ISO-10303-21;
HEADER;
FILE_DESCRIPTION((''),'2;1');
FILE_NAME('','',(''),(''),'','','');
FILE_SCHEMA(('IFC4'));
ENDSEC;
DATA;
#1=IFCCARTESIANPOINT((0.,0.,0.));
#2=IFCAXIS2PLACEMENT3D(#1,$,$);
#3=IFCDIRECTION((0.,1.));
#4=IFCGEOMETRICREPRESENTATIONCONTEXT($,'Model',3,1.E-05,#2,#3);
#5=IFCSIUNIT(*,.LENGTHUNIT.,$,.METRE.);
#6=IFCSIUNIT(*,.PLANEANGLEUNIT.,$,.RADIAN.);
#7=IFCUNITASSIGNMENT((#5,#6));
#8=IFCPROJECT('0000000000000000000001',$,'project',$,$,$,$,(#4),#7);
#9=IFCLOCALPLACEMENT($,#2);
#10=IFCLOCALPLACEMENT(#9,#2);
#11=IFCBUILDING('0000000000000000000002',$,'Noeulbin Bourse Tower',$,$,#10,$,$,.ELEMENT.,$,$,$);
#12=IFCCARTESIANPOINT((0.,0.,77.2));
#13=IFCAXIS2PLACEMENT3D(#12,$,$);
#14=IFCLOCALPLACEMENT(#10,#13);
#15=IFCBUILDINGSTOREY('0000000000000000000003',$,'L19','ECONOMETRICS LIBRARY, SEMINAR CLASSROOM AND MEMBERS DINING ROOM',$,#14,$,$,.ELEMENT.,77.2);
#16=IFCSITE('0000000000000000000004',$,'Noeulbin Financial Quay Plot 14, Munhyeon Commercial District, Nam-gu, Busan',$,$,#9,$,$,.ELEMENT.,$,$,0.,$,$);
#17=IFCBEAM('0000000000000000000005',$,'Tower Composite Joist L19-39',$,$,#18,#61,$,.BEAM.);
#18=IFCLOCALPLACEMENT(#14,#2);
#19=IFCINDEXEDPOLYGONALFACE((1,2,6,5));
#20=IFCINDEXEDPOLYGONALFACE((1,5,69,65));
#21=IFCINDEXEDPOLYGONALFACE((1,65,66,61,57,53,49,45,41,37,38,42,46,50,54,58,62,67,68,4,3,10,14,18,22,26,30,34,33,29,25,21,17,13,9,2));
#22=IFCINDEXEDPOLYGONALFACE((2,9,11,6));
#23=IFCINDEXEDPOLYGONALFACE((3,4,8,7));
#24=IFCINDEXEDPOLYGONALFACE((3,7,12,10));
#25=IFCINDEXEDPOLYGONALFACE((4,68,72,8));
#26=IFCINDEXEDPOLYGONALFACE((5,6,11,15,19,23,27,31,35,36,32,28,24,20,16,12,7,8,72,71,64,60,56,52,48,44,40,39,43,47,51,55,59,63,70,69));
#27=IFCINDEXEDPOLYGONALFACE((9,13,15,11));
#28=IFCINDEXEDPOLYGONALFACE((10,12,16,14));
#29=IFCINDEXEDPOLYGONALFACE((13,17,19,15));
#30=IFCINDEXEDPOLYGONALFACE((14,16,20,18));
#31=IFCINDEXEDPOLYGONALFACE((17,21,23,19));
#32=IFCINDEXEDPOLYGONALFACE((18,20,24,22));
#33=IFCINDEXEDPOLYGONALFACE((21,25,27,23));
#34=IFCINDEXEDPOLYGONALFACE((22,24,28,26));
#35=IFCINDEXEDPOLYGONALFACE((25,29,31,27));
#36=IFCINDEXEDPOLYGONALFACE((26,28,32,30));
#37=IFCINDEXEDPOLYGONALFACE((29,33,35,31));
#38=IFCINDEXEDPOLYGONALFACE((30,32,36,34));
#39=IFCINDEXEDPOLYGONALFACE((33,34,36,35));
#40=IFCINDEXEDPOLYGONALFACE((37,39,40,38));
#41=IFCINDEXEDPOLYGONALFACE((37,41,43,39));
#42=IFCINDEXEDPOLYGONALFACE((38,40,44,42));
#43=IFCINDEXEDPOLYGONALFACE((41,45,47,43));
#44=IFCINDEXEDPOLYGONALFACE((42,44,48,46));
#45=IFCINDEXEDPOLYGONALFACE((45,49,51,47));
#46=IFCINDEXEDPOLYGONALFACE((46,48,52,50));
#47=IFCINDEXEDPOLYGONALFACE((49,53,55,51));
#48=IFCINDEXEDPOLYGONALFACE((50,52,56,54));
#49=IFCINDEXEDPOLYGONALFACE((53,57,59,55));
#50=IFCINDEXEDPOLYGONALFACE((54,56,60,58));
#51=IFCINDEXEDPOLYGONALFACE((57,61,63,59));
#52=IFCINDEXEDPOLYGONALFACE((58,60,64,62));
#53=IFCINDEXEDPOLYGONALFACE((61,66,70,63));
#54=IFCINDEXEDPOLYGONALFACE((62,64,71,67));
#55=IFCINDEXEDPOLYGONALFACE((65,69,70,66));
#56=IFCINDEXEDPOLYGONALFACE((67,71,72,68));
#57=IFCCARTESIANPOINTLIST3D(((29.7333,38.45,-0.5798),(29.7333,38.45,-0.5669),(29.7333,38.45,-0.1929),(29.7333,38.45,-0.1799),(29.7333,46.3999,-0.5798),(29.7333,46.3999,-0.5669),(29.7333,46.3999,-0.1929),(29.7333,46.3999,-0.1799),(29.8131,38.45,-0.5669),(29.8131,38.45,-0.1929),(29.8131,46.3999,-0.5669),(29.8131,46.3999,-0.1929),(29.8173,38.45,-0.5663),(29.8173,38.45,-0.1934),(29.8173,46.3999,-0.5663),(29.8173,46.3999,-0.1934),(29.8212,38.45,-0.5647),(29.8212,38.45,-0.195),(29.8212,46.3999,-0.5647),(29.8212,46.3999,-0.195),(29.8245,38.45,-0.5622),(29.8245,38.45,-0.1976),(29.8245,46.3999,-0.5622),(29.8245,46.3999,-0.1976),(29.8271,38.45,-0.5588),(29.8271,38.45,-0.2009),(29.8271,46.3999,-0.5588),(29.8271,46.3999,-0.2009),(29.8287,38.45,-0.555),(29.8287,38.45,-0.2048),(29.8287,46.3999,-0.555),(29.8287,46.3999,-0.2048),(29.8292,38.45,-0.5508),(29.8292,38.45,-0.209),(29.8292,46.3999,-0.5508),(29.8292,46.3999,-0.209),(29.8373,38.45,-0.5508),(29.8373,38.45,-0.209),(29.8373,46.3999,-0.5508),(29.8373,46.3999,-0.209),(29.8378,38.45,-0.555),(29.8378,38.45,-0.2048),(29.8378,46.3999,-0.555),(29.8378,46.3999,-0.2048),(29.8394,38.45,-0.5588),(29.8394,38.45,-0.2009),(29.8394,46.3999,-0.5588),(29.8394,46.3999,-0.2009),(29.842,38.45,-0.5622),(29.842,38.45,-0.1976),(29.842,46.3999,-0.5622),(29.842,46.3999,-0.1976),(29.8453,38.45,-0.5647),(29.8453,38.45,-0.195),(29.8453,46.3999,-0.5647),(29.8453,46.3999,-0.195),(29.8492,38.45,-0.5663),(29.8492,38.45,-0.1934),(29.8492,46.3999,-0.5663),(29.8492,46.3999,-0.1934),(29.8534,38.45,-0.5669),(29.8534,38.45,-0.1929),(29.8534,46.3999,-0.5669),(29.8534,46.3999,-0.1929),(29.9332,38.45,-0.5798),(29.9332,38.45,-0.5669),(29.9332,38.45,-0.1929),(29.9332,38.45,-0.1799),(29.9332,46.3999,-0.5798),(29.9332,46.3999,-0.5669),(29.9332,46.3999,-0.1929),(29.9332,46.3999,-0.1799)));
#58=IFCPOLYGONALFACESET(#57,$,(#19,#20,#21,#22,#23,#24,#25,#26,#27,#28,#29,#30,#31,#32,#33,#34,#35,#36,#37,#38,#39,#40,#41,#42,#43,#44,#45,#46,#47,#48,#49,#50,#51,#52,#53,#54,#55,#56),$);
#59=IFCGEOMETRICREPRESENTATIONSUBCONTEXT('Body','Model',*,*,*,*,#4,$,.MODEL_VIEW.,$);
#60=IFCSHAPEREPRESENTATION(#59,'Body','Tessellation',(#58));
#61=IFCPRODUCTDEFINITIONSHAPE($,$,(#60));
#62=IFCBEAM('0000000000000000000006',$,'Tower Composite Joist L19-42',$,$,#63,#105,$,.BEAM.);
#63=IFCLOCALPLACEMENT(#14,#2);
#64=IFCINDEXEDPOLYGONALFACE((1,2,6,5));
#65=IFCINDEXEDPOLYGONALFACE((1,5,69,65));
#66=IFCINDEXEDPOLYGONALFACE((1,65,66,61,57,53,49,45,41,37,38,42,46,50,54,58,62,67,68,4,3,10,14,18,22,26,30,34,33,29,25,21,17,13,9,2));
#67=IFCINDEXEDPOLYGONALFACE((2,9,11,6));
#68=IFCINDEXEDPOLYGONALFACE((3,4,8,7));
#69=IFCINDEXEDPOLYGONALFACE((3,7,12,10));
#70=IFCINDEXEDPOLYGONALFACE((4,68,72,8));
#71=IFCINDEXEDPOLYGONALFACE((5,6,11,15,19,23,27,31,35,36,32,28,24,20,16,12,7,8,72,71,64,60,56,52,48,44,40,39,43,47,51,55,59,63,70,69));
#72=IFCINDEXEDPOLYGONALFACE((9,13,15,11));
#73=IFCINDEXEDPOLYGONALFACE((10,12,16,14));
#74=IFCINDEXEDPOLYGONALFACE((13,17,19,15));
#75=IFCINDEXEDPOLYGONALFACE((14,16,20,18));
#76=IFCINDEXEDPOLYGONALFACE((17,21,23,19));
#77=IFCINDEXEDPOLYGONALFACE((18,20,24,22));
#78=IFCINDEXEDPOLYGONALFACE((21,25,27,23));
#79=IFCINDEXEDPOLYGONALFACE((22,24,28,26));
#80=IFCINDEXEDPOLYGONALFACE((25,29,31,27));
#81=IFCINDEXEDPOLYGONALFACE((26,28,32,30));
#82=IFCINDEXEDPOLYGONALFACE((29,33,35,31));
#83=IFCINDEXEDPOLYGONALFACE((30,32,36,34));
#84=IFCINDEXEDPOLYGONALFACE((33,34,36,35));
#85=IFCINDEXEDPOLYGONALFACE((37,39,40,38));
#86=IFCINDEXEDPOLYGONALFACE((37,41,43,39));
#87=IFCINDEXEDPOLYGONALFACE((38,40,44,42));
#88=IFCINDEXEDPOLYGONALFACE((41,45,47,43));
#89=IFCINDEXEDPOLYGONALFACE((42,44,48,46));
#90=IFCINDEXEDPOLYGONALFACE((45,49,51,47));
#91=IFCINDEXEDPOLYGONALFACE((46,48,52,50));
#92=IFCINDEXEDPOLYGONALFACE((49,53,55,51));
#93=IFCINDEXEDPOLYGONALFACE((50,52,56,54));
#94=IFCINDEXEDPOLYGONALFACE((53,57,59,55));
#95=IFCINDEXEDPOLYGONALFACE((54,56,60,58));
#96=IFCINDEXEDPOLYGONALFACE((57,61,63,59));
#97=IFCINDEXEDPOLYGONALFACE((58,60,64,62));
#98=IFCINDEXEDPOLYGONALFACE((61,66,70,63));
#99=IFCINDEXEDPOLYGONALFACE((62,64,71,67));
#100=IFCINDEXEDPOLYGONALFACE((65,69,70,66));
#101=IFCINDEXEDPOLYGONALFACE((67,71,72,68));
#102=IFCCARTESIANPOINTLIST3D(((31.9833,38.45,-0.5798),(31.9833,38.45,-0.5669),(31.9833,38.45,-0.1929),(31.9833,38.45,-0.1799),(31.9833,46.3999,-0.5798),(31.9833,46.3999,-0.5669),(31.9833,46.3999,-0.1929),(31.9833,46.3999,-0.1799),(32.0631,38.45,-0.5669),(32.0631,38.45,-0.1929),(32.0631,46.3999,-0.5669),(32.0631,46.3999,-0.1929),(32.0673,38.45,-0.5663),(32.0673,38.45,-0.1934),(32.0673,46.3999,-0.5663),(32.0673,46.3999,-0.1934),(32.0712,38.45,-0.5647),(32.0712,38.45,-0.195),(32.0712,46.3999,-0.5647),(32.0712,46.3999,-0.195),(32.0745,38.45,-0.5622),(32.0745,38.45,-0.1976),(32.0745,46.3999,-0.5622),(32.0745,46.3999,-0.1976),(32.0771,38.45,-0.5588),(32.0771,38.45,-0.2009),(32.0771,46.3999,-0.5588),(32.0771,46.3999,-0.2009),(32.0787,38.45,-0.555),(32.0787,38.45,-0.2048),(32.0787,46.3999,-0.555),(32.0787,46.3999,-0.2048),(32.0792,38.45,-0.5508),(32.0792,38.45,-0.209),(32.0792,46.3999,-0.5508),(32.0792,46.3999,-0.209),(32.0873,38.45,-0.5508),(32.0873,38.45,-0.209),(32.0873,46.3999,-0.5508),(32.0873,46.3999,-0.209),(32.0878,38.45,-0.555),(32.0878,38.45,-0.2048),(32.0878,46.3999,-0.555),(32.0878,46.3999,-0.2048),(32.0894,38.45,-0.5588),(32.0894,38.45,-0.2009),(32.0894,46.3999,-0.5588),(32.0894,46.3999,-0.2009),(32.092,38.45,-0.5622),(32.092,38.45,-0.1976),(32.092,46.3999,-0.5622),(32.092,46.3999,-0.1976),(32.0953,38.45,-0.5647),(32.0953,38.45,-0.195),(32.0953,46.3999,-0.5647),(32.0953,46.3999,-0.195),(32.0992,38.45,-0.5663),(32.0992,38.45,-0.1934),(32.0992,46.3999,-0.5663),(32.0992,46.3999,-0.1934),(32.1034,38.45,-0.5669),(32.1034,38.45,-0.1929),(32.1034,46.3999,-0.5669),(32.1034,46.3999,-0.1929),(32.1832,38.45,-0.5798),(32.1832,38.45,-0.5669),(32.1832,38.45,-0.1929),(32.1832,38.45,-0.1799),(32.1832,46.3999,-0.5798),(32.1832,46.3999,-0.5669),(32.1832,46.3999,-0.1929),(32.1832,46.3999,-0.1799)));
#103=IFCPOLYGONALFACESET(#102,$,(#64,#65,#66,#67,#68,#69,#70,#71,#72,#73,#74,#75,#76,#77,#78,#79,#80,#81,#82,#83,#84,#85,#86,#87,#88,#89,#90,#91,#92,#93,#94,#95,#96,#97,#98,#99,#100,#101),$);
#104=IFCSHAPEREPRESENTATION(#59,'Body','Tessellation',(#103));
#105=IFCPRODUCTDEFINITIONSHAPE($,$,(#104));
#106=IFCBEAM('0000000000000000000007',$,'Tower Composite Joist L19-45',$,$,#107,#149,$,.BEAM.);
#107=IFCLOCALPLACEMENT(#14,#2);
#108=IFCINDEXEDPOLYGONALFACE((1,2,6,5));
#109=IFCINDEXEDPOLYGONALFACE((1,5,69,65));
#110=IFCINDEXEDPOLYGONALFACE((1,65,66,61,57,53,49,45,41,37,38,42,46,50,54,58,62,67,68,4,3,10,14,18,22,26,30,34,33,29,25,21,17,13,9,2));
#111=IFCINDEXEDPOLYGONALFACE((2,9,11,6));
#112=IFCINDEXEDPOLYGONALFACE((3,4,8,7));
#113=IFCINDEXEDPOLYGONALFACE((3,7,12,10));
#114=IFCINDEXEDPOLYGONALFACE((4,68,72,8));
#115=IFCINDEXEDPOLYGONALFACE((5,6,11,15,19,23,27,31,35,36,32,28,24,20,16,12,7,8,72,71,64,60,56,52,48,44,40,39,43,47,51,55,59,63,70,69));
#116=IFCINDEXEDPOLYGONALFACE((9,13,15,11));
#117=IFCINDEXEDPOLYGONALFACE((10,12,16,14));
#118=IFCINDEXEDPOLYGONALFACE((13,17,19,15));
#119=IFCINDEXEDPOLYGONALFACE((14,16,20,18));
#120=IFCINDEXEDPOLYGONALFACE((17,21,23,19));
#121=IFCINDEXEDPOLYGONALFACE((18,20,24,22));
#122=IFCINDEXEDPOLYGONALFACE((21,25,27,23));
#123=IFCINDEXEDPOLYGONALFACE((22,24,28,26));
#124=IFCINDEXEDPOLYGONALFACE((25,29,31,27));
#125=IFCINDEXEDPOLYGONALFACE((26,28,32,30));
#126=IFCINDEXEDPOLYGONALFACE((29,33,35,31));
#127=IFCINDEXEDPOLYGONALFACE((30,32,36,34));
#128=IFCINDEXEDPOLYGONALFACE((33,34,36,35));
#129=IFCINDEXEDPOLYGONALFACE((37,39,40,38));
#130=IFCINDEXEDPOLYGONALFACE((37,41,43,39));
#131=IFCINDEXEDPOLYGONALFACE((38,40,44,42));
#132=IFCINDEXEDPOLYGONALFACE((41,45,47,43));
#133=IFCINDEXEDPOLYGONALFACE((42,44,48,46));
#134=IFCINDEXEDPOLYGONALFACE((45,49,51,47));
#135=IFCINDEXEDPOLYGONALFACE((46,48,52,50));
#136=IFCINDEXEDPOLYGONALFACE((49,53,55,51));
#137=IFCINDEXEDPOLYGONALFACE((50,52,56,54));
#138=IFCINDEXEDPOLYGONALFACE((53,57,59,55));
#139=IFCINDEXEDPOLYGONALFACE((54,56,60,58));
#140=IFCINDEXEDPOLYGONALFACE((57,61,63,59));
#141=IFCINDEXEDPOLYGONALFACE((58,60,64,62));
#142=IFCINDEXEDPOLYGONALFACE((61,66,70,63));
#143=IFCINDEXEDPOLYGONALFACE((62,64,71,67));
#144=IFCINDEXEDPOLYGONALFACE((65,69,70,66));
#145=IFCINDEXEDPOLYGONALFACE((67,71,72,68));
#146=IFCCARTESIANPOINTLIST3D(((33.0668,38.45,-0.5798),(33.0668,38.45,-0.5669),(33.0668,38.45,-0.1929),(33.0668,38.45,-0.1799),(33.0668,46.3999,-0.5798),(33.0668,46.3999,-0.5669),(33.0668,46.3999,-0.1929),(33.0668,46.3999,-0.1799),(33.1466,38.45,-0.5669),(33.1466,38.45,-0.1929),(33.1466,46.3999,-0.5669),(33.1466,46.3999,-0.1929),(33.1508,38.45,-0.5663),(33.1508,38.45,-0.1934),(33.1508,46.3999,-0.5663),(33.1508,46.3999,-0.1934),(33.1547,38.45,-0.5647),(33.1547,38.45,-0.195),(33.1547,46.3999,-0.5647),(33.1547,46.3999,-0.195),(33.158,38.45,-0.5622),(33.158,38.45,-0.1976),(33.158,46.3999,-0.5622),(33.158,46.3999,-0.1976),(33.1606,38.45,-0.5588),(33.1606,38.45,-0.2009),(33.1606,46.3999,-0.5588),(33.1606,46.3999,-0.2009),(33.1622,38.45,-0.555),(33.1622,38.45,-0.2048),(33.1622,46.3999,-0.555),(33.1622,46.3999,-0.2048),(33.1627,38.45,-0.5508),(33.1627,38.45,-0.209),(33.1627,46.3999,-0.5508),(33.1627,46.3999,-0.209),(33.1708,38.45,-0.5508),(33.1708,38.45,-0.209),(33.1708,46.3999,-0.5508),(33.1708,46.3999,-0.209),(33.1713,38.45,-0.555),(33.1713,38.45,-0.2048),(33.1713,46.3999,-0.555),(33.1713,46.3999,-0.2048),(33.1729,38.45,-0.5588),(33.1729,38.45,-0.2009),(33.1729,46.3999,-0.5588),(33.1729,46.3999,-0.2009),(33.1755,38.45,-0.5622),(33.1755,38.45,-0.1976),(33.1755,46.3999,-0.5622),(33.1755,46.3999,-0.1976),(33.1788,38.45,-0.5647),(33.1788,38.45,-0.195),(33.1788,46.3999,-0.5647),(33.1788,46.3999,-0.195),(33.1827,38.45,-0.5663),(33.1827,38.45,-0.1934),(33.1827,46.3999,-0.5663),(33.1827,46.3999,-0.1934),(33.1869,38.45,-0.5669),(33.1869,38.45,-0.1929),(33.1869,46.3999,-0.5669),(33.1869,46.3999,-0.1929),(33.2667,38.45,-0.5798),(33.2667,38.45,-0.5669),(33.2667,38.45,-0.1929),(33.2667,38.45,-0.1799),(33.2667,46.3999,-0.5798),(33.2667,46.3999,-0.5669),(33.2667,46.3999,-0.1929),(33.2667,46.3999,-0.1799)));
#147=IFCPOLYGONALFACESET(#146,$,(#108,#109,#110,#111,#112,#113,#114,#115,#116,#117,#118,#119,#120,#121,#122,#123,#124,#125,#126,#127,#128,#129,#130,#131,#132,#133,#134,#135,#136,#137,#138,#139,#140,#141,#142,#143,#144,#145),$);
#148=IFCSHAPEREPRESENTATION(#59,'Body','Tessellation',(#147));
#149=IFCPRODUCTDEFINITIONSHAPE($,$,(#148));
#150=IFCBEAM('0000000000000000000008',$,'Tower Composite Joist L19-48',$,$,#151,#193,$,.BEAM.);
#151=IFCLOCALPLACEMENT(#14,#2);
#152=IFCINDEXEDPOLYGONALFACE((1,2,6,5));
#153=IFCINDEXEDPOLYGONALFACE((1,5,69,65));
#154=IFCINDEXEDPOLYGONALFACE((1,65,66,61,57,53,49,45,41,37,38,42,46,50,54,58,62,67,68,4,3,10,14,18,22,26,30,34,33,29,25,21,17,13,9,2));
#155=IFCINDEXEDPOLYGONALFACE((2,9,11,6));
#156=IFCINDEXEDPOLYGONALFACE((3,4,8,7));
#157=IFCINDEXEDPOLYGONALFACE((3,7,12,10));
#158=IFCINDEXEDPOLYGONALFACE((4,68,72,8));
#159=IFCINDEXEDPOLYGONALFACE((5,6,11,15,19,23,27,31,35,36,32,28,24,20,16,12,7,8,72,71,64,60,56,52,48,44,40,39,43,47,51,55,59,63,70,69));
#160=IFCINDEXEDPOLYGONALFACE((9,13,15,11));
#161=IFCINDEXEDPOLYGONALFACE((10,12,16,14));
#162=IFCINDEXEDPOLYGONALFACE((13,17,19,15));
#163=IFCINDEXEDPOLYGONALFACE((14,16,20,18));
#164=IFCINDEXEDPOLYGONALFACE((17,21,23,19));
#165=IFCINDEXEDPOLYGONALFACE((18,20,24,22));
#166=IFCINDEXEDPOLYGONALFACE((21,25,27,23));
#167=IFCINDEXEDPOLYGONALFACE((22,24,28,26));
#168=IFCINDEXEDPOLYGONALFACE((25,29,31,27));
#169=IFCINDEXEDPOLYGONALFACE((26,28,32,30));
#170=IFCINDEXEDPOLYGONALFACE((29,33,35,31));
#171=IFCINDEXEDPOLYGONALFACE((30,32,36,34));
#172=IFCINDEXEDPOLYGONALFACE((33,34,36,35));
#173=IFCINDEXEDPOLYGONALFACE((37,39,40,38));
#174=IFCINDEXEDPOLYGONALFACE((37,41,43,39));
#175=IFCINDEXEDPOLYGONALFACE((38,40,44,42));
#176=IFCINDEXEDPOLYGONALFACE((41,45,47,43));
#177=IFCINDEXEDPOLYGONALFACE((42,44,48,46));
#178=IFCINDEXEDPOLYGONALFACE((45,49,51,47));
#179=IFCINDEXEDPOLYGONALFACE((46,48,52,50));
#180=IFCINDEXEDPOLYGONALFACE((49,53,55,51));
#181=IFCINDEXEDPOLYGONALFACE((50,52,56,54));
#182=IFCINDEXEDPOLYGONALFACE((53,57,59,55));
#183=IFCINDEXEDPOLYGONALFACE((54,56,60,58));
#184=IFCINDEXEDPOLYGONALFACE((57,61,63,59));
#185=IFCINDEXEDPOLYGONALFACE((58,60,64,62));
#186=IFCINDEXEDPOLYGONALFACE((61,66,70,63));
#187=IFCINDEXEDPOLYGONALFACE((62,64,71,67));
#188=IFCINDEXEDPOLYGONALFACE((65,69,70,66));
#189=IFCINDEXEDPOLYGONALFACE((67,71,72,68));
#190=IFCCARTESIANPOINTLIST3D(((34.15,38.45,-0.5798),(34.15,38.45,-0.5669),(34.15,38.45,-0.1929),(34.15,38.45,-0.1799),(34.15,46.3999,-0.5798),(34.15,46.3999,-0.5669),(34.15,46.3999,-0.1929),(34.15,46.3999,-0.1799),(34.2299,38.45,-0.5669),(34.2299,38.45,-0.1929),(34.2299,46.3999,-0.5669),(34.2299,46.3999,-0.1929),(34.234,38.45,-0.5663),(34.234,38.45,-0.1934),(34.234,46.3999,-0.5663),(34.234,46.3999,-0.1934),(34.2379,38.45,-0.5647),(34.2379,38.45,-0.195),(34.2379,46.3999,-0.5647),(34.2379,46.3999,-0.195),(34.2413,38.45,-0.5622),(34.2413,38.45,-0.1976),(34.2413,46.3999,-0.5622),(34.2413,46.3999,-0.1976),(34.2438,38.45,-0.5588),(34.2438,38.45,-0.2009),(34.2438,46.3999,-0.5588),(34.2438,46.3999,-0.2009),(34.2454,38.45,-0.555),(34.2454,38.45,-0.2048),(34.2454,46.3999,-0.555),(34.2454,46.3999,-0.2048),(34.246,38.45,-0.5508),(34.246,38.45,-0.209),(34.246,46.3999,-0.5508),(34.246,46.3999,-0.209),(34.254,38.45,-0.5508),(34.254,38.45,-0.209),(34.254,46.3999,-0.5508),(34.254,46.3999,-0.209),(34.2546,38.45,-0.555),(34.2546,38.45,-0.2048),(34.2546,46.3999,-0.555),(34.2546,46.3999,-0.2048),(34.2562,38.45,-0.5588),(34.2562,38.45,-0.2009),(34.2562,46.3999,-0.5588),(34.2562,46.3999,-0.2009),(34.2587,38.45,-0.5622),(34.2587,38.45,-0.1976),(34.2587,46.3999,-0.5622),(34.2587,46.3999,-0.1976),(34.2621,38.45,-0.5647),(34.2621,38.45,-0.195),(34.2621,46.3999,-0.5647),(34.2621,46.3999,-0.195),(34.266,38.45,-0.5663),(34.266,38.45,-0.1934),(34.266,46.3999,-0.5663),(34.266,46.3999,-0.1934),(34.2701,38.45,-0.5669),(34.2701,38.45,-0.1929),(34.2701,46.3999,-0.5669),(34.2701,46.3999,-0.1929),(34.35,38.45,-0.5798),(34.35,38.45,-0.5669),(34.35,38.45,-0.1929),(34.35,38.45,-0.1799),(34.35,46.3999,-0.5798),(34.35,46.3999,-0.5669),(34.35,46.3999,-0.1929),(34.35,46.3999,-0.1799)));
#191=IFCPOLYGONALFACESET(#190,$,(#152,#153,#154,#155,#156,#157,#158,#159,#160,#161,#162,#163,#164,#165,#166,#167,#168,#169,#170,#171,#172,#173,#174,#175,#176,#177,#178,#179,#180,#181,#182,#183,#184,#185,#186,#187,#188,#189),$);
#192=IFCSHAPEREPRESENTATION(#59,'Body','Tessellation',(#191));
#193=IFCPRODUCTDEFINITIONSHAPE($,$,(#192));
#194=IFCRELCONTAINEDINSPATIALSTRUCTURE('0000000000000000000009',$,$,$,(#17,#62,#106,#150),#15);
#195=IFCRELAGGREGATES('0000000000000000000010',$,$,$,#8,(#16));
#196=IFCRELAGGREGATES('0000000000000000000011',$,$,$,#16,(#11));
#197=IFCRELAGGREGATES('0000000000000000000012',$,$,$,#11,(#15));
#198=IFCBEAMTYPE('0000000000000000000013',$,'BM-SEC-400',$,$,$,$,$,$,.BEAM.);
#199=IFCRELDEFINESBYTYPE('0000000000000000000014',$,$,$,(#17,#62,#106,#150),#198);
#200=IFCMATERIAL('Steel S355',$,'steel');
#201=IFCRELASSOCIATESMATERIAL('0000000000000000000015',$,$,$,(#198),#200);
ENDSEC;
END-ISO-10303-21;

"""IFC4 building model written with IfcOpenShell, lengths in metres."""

from ifc_helpers import new_model, si_unit, direction, frame, origin, origin_2d, place, context, subcontext, project, spatial, i_section, extrude, material, material_profile, profile_set, type_object, element, save


model = new_model("IFC4")

# Units and contexts
model_context = context("Model", 3, precision=1e-05, world=origin(), true_north=direction((0.0, 1.0)))
body_context = subcontext(model_context, "Body", "Model", "MODEL_VIEW")
ifc_project = project(units=[si_unit("LENGTHUNIT", "METRE"), si_unit("PLANEANGLEUNIT", "RADIAN")], contexts=[model_context])

# Site, building, storey
site_placement = place(None, origin())
site = spatial("IfcSite", under=ifc_project, at=site_placement, Name="Noeulbin Financial Quay Plot 14, Munhyeon Commercial District, Nam-gu, Busan", CompositionType="ELEMENT", RefElevation=0.0)
building_placement = place(site_placement, origin())
building = spatial("IfcBuilding", under=site, at=building_placement, Name="Noeulbin Bourse Tower", CompositionType="ELEMENT")
storey_placement = place(building_placement, frame((0.0, 0.0, 77.2)))
storey = spatial("IfcBuildingStorey", under=building, at=storey_placement, Name="L19", Description="ECONOMETRICS LIBRARY, SEMINAR CLASSROOM AND MEMBERS DINING ROOM", CompositionType="ELEMENT", Elevation=77.2)

# Beams
ifc_material_1 = material(Name="Steel S355", Category="steel")
ifc_material_profile_1 = material_profile(ifc_material_1, i_section(OverallWidth=0.2, OverallDepth=0.3999, WebThickness=0.0081, FlangeThickness=0.0129, FilletRadius=0.0161, at=origin_2d()), Name="H-400x200x8x13", Category="LoadBearing")
ifc_profile_set_1 = profile_set([ifc_material_profile_1], Name="Steel S355")
beam_type_1 = type_object("IfcBeamType", Name="BM-SEC-400", PredefinedType="BEAM", material=ifc_profile_set_1)
for number, where, z_axis, x_axis, name in (
    (1, (29.8333, 38.45, -0.3799), (0.0, 1.0, 0.0), (-1.0, 0.0, 0.0), "Tower Composite Joist L19-39"),
    (2, (32.0833, 38.45, -0.3799), (0.0, 1.0, 0.0), (-1.0, 0.0, 0.0), "Tower Composite Joist L19-42"),
    (3, (33.1667, 38.45, -0.3799), (0.0, 1.0, 0.0), (-1.0, 0.0, 0.0), "Tower Composite Joist L19-45"),
    (4, (34.25, 38.45, -0.3799), (0.0, 1.0, 0.0), (-1.0, 0.0, 0.0), "Tower Composite Joist L19-48"),
):
    element("IfcBeam", number, at=place(storey_placement, frame(where, z_axis=z_axis, x_axis=x_axis)), inside=storey, type_object=beam_type_1, Name=name, PredefinedType="BEAM", context=body_context, shape_type="SweptSolid", body=[
        extrude(i_section(OverallWidth=0.2, OverallDepth=0.3999, WebThickness=0.0081, FlangeThickness=0.0129, FilletRadius=0.0161, at=origin_2d()), origin(), (0.0, 0.0, 1.0), 7.95),
    ])

save(model, "model.ifc")
